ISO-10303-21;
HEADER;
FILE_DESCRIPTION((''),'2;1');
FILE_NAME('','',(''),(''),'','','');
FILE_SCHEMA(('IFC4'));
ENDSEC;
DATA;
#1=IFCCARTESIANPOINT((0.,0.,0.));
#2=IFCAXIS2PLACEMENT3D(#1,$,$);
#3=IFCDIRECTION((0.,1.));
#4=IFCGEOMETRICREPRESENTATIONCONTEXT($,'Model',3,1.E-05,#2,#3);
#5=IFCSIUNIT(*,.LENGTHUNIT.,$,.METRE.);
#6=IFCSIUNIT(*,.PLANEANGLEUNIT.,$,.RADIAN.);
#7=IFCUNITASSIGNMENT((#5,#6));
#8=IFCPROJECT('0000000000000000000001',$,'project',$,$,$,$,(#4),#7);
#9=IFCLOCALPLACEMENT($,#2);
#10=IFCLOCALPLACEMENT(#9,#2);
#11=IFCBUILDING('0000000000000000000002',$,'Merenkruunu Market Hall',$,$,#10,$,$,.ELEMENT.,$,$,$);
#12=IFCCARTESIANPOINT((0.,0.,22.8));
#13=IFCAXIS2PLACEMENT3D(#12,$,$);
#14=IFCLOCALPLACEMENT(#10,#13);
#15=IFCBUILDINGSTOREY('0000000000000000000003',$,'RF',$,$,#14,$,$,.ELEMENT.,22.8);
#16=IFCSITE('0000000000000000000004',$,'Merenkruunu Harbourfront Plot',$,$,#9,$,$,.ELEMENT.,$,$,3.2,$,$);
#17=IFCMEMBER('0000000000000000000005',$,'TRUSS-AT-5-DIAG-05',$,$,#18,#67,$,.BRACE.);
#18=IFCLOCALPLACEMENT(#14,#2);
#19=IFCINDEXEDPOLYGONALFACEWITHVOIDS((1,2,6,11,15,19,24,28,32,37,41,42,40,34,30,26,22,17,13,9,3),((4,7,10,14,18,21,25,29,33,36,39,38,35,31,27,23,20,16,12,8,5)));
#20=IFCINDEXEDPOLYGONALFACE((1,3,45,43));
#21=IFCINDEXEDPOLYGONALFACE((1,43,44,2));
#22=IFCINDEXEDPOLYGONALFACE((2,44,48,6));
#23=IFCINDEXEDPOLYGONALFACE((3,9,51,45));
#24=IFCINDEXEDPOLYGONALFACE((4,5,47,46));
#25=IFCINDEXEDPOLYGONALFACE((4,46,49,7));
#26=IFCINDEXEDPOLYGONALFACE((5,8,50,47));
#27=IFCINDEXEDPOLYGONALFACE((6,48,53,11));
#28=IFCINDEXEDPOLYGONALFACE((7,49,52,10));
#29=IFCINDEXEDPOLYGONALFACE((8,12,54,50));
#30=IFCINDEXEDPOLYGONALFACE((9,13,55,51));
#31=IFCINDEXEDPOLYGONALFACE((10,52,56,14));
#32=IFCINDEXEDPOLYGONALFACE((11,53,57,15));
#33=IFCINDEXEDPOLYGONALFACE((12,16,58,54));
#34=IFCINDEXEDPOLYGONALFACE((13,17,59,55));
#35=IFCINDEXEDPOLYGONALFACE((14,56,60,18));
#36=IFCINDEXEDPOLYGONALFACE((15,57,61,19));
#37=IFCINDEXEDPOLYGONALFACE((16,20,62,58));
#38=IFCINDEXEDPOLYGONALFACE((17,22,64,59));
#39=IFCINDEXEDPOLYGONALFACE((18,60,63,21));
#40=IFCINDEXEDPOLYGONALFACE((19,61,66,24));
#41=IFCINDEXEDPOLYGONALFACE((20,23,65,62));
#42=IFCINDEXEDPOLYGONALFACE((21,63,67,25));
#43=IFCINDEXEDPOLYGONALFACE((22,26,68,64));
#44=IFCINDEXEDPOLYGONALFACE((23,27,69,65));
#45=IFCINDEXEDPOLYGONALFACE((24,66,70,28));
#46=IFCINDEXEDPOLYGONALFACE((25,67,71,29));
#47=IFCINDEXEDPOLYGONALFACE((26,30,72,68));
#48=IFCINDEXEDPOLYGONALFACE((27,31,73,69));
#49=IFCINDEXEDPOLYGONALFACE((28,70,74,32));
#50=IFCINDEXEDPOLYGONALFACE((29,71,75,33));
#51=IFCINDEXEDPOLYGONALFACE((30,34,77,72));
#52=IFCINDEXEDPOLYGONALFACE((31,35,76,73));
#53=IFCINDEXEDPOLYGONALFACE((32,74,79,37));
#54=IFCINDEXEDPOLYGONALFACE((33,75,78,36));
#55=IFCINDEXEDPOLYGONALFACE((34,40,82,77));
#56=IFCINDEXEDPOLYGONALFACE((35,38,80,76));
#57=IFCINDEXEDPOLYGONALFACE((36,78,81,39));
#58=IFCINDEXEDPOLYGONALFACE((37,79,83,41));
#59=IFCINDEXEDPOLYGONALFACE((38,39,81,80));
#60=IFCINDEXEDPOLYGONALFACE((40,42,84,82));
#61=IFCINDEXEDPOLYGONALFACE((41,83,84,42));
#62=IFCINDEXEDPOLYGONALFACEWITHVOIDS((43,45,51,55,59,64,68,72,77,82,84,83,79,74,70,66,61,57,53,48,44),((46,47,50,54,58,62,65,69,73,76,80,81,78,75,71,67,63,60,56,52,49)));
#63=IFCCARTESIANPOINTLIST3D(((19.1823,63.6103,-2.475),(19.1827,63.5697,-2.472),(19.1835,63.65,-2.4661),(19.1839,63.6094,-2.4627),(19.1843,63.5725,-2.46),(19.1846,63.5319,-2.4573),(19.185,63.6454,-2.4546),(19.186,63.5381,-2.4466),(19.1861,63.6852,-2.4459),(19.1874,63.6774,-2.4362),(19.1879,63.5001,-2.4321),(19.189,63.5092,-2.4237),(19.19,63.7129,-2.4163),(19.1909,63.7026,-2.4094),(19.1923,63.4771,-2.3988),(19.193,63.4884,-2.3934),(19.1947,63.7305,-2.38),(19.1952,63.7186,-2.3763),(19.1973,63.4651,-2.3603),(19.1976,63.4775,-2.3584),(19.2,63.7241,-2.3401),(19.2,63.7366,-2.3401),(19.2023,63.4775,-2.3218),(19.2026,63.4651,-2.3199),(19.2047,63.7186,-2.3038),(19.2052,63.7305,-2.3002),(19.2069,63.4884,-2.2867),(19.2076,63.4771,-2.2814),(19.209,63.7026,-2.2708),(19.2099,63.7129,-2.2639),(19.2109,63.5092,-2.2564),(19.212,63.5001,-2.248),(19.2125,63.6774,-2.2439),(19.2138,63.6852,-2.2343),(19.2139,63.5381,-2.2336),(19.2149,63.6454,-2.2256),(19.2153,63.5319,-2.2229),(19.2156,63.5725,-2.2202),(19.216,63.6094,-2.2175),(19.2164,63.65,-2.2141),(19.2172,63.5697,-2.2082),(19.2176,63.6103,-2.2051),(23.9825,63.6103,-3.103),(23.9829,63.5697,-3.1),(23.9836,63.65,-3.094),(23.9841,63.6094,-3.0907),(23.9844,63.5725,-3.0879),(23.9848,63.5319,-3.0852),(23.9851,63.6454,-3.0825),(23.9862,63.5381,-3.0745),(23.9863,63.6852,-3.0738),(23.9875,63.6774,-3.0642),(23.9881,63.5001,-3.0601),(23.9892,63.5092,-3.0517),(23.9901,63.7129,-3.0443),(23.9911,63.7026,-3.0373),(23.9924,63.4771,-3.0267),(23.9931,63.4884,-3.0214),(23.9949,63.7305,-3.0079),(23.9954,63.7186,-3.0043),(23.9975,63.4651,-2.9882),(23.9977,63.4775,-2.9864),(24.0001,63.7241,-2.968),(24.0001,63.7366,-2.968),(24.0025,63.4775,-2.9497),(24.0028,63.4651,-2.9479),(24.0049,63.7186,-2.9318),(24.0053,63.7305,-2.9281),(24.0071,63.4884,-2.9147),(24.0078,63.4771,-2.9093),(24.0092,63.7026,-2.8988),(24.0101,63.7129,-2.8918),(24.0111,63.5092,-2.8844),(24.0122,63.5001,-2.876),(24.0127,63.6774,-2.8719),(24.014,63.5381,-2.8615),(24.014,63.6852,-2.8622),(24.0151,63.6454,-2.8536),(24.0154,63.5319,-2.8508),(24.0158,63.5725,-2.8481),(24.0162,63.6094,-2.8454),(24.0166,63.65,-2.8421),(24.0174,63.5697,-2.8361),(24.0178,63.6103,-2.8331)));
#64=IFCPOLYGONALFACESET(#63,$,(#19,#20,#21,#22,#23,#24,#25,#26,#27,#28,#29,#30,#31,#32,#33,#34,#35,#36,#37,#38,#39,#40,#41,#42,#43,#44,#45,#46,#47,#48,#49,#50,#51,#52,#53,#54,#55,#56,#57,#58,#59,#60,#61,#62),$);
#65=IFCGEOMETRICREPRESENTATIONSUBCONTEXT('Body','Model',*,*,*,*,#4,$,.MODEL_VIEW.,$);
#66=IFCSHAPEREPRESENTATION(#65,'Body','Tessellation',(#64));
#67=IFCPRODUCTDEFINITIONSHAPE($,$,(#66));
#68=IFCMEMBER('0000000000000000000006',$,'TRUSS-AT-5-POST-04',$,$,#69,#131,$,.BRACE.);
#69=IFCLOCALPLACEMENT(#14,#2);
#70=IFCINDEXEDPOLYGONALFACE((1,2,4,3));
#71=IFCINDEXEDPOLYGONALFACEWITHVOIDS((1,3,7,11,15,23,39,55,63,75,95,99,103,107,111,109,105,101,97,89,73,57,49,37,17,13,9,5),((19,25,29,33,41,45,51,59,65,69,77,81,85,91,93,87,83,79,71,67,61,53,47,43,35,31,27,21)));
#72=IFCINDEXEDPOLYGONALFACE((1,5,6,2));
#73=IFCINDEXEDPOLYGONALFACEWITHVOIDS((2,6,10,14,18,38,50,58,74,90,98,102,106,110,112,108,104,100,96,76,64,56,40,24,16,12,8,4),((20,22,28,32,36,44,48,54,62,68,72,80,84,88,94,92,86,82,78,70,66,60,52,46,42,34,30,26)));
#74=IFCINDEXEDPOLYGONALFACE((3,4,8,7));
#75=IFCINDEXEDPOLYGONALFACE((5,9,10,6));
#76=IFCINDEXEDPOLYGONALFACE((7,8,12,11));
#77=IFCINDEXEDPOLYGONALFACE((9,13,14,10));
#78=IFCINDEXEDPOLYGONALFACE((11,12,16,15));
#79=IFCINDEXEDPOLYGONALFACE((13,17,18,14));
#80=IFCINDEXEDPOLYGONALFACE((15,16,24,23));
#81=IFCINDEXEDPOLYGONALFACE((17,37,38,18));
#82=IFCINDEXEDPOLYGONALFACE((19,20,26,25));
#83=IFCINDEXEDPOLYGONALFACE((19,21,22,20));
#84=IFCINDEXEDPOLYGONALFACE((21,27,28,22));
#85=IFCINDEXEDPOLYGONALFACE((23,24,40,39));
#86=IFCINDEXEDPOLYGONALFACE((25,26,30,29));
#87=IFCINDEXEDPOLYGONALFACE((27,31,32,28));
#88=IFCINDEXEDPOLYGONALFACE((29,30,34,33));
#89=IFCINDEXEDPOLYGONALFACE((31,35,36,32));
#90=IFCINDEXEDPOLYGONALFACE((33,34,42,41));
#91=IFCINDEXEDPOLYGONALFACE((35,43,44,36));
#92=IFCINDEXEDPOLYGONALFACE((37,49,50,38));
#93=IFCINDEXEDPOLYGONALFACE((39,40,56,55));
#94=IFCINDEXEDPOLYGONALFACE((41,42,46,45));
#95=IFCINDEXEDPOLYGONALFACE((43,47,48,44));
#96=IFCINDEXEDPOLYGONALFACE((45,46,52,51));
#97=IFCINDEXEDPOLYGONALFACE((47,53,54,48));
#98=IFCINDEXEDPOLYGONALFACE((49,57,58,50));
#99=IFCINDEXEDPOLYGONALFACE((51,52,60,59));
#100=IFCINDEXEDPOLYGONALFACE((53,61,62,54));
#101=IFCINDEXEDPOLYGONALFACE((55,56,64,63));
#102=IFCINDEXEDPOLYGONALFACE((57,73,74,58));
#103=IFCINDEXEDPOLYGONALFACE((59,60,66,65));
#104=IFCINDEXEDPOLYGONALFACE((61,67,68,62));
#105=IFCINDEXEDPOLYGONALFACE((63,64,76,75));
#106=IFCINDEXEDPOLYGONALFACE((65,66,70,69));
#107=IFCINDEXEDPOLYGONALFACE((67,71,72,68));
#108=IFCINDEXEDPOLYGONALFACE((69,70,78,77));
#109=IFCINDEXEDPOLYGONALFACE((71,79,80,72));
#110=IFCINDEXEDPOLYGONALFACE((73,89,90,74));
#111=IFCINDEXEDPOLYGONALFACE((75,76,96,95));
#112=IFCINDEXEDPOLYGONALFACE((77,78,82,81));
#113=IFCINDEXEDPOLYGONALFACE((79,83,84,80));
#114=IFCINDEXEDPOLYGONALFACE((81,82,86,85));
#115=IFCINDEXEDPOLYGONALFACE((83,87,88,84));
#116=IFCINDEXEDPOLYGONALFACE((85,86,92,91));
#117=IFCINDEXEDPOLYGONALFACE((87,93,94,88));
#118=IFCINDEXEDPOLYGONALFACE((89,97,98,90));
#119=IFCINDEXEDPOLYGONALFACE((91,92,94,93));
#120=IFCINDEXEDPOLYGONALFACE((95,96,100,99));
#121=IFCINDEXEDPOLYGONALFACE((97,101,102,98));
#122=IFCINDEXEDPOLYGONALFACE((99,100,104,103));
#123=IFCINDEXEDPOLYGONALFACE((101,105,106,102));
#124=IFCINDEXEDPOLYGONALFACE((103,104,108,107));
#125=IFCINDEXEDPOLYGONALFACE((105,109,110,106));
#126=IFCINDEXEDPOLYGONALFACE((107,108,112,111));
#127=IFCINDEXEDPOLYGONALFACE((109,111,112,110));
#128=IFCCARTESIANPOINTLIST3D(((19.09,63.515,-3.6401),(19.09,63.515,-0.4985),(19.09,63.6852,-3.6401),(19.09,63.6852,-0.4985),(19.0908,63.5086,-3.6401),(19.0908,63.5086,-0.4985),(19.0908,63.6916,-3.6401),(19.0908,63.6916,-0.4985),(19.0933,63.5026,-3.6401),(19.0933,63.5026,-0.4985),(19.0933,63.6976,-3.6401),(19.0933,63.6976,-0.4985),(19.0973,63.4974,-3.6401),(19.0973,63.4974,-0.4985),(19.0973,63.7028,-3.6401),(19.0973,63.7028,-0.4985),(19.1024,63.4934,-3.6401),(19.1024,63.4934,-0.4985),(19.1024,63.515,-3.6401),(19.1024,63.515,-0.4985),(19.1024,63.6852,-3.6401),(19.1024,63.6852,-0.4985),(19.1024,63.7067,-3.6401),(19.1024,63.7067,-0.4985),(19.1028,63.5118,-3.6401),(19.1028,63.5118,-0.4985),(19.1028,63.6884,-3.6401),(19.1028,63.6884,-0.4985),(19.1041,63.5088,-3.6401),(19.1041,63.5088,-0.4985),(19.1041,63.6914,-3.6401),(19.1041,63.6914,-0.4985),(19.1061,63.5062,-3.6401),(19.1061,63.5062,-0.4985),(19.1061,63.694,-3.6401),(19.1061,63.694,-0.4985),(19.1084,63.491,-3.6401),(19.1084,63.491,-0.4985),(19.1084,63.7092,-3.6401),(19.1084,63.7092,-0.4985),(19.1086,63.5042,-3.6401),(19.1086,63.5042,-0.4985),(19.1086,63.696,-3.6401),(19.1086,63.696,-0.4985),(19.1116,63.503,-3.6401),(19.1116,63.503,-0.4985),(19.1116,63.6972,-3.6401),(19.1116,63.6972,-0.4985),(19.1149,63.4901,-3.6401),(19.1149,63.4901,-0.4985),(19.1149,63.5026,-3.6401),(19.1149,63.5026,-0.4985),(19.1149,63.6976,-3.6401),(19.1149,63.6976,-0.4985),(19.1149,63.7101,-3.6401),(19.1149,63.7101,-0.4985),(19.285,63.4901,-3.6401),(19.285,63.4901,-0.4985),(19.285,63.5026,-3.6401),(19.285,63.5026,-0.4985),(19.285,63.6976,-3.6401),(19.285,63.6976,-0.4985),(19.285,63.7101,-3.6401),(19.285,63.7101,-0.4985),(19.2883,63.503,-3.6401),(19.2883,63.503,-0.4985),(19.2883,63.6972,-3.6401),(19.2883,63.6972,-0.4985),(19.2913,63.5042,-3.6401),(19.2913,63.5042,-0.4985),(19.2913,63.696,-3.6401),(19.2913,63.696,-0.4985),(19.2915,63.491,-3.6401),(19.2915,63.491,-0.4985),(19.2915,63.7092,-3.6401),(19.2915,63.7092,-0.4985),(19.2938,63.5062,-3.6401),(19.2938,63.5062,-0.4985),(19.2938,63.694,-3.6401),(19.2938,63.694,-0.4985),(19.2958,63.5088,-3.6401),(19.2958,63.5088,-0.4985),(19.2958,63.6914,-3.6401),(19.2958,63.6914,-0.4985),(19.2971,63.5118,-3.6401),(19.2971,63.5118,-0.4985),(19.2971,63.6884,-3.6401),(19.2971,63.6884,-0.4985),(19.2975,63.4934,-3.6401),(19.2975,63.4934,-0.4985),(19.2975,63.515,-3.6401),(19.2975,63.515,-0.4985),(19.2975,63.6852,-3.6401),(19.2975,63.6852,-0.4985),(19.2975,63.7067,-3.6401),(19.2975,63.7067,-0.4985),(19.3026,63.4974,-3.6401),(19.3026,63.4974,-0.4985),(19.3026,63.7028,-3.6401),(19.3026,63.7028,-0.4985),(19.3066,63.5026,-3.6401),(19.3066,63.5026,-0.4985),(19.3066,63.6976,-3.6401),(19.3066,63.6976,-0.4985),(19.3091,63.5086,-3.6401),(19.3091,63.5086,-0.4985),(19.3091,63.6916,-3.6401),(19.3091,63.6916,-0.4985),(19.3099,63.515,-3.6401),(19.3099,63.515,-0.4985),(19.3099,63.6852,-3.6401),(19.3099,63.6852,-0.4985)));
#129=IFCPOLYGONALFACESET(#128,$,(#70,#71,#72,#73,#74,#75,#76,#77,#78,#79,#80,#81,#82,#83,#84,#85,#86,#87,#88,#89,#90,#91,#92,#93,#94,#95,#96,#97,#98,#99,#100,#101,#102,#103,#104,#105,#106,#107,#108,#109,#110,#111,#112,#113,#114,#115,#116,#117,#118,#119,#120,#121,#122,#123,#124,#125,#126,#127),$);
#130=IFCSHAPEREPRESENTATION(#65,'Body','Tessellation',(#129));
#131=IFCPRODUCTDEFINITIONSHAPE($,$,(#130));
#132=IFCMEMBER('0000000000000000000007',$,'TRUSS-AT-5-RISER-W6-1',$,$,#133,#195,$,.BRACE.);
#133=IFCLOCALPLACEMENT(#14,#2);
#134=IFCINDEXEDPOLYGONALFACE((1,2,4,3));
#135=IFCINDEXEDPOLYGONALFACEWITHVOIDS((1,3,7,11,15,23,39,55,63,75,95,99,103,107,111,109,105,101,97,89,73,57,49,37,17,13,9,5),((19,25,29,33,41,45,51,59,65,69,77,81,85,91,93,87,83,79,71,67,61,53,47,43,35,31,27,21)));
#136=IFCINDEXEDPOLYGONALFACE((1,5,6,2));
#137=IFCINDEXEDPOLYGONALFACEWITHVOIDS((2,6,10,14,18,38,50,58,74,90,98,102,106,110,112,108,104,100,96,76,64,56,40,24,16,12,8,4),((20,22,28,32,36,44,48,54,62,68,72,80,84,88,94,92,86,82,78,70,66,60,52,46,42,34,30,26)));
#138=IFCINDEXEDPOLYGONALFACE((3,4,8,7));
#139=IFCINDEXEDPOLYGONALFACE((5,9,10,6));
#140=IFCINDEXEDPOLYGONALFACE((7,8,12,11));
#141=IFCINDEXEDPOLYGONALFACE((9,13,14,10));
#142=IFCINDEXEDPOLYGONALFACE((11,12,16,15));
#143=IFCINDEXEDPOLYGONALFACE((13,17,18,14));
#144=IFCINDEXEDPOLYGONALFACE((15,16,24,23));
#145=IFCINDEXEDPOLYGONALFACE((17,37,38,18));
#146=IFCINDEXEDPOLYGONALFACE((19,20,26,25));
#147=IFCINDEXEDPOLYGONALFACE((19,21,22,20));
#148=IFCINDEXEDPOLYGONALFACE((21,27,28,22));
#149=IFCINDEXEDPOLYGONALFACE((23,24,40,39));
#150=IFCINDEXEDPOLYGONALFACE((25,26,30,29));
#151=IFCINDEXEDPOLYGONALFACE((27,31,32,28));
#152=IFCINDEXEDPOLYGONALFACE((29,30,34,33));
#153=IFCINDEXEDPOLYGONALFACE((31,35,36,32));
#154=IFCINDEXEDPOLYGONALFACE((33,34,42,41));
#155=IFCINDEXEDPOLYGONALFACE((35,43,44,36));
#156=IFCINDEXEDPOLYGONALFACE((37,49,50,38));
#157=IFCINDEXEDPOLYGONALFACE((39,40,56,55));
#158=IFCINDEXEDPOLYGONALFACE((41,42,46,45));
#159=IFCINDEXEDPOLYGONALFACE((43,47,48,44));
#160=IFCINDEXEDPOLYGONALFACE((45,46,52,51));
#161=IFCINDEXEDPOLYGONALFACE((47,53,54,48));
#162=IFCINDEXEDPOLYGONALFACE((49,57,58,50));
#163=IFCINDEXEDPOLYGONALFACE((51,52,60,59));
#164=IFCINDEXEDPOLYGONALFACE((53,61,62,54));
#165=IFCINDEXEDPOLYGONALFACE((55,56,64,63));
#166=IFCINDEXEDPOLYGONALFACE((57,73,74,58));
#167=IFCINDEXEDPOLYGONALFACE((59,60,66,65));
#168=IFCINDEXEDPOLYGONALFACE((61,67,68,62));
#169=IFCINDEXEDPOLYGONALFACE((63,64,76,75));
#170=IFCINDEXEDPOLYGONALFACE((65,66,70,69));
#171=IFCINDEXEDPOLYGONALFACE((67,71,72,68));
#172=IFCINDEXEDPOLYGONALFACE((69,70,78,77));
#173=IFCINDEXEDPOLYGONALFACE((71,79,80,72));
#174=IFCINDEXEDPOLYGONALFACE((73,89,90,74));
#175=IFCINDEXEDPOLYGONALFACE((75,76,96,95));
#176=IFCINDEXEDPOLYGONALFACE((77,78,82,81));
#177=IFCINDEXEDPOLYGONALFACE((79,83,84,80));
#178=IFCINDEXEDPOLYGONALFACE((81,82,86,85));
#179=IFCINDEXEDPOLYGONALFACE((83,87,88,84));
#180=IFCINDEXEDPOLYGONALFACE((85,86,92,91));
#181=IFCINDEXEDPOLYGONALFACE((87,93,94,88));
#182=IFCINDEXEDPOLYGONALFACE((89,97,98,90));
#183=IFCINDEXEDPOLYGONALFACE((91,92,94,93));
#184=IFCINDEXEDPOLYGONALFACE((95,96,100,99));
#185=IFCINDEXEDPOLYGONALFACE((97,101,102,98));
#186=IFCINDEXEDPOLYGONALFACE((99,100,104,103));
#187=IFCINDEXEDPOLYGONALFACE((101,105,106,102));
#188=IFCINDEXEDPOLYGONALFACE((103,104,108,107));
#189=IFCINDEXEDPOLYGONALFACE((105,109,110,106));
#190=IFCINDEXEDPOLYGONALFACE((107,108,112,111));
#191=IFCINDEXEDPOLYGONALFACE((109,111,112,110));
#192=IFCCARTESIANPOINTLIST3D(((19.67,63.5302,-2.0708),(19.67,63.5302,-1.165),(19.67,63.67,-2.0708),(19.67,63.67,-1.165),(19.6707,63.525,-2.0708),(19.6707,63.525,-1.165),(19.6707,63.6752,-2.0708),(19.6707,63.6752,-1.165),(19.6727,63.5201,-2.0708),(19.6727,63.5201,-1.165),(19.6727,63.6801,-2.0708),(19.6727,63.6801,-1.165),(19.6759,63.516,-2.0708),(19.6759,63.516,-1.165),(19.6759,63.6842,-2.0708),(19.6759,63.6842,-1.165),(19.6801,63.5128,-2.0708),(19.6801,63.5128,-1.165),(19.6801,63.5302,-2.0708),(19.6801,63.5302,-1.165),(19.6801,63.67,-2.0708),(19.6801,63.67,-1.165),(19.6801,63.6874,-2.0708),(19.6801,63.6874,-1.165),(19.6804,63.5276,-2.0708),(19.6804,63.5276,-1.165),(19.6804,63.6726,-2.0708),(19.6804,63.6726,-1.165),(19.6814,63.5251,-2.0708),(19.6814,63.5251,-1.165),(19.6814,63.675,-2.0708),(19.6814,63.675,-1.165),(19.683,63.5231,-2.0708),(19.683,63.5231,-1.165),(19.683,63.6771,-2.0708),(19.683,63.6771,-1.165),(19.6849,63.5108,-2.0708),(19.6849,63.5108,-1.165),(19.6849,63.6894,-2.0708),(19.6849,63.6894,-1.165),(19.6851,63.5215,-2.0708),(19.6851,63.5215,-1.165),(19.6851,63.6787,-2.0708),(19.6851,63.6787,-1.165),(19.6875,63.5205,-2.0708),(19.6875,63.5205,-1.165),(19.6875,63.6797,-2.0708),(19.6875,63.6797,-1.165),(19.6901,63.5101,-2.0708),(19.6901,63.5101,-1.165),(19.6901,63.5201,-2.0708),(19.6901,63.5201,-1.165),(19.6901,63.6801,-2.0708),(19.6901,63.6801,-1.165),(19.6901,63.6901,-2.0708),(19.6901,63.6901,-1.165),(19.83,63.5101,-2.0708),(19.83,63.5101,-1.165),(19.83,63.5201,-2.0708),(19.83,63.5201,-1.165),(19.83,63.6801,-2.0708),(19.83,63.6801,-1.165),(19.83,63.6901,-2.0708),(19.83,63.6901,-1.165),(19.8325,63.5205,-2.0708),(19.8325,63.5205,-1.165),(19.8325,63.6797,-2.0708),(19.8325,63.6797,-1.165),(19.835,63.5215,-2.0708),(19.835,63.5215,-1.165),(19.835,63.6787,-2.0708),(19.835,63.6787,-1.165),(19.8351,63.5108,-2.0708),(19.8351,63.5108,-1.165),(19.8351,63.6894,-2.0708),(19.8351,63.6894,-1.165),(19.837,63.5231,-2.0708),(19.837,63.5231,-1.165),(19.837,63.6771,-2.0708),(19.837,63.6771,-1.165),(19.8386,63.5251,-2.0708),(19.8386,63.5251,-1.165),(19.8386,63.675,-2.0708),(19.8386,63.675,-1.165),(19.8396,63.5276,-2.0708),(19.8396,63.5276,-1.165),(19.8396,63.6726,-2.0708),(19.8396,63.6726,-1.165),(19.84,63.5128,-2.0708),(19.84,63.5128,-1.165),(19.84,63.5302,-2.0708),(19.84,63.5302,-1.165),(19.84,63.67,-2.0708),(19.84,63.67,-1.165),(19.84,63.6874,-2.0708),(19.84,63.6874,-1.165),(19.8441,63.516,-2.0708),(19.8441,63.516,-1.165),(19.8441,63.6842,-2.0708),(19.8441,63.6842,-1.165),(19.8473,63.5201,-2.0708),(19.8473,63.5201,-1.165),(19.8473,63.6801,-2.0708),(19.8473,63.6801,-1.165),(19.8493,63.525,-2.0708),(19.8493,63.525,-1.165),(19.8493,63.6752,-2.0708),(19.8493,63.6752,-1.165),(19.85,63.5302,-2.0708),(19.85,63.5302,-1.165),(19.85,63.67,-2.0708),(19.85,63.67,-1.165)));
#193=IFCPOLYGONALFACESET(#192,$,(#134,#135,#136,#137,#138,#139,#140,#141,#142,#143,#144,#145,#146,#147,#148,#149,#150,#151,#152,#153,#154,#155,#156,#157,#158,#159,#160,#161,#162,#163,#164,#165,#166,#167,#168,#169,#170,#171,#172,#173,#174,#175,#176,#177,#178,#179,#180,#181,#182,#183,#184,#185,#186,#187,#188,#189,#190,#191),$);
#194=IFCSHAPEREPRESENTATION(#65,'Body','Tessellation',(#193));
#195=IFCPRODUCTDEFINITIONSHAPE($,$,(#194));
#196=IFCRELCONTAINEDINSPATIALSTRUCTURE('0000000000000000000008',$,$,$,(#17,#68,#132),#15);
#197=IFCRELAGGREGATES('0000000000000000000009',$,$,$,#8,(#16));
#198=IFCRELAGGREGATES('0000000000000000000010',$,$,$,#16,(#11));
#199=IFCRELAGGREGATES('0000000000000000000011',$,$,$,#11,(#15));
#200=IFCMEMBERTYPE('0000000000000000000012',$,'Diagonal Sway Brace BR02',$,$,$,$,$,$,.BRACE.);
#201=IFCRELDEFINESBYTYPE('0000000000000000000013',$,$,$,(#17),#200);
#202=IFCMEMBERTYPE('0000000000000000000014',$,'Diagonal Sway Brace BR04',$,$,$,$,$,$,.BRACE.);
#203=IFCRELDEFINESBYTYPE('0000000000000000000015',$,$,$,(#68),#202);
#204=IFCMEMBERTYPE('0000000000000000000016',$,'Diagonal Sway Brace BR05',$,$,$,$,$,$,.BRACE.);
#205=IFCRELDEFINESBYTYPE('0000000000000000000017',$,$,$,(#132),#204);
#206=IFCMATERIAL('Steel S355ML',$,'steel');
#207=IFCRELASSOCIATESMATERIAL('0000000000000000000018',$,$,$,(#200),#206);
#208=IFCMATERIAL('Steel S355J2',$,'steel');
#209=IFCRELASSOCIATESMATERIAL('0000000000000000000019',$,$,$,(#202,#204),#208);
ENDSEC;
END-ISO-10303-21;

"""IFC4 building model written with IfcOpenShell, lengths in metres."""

from ifc_helpers import new_model, si_unit, direction, frame, origin, origin_2d, place, context, subcontext, project, spatial, hollow_rectangle, hollow_circle, extrude, material, material_profile, profile_set, type_object, element, save


model = new_model("IFC4")

# Units and contexts
model_context = context("Model", 3, precision=1e-05, world=origin(), true_north=direction((0.0, 1.0)))
body_context = subcontext(model_context, "Body", "Model", "MODEL_VIEW")
ifc_project = project(units=[si_unit("LENGTHUNIT", "METRE"), si_unit("PLANEANGLEUNIT", "RADIAN")], contexts=[model_context])

# Site, building, storey
site_placement = place(None, origin())
site = spatial("IfcSite", under=ifc_project, at=site_placement, Name="Merenkruunu Harbourfront Plot", CompositionType="ELEMENT", RefElevation=3.2)
building_placement = place(site_placement, origin())
building = spatial("IfcBuilding", under=site, at=building_placement, Name="Merenkruunu Market Hall", CompositionType="ELEMENT")
storey_placement = place(building_placement, frame((0.0, 0.0, 22.8)))
storey = spatial("IfcBuildingStorey", under=building, at=storey_placement, Name="RF", CompositionType="ELEMENT", Elevation=22.8)

# Shared definitions
ifc_material_1 = material(Name="Steel S355ML", Category="steel")

# Members
ifc_material_profile_1 = material_profile(ifc_material_1, hollow_circle(Radius=0.1365, WallThickness=0.0125, at=origin_2d()), Name="CHS 273x12.5")
ifc_profile_set_1 = profile_set([ifc_material_profile_1], Name="Steel S355ML")
member_type_1 = type_object("IfcMemberType", Name="Diagonal Sway Brace BR02", PredefinedType="BRACE", material=ifc_profile_set_1)
member_1_placement = place(storey_placement, frame((19.2, 63.6001, -2.3401), z_axis=(0.991552, 0.0, -0.129712), x_axis=(0.0, 1.0, 0.0)))
element("IfcMember", 1, at=member_1_placement, inside=storey, type_object=member_type_1, Name="TRUSS-AT-5-DIAG-05", PredefinedType="BRACE", context=body_context, shape_type="SweptSolid", body=[
    extrude(hollow_circle(Radius=0.1365, WallThickness=0.0125, at=origin_2d()), origin(), (0.0, 0.0, 1.0), 4.8411),
])
ifc_material_2 = material(Name="Steel S355J2", Category="steel")
ifc_material_profile_2 = material_profile(ifc_material_2, hollow_rectangle(XDim=0.22, YDim=0.22, WallThickness=0.0125, InnerFilletRadius=0.0125, OuterFilletRadius=0.0249, at=origin_2d()), Name="SHS 220x220x12.5")
ifc_profile_set_2 = profile_set([ifc_material_profile_2], Name="Steel S355J2")
member_type_2 = type_object("IfcMemberType", Name="Diagonal Sway Brace BR04", PredefinedType="BRACE", material=ifc_profile_set_2)
member_2_placement = place(storey_placement, frame((19.2, 63.6001, -3.6401), z_axis=(0.0, 0.0, 1.0), x_axis=(1.0, 0.0, 0.0)))
element("IfcMember", 2, at=member_2_placement, inside=storey, type_object=member_type_2, Name="TRUSS-AT-5-POST-04", PredefinedType="BRACE", context=body_context, shape_type="SweptSolid", body=[
    extrude(hollow_rectangle(XDim=0.22, YDim=0.22, WallThickness=0.0125, InnerFilletRadius=0.0125, OuterFilletRadius=0.0249, at=origin_2d()), origin(), (0.0, 0.0, 1.0), 3.1416),
])
ifc_material_profile_3 = material_profile(ifc_material_2, hollow_rectangle(XDim=0.1799, YDim=0.1799, WallThickness=0.01, InnerFilletRadius=0.01, OuterFilletRadius=0.02, at=origin_2d()), Name="SHS 180x180x10")
ifc_profile_set_3 = profile_set([ifc_material_profile_3], Name="Steel S355J2")
member_type_3 = type_object("IfcMemberType", Name="Diagonal Sway Brace BR05", PredefinedType="BRACE", material=ifc_profile_set_3)
member_3_placement = place(storey_placement, frame((19.76, 63.6001, -2.0708), z_axis=(0.0, 0.0, 1.0), x_axis=(1.0, 0.0, 0.0)))
element("IfcMember", 3, at=member_3_placement, inside=storey, type_object=member_type_3, Name="TRUSS-AT-5-RISER-W6-1", PredefinedType="BRACE", context=body_context, shape_type="SweptSolid", body=[
    extrude(hollow_rectangle(XDim=0.1799, YDim=0.1799, WallThickness=0.01, InnerFilletRadius=0.01, OuterFilletRadius=0.02, at=origin_2d()), origin(), (0.0, 0.0, 1.0), 0.9058),
])

save(model, "model.ifc")
